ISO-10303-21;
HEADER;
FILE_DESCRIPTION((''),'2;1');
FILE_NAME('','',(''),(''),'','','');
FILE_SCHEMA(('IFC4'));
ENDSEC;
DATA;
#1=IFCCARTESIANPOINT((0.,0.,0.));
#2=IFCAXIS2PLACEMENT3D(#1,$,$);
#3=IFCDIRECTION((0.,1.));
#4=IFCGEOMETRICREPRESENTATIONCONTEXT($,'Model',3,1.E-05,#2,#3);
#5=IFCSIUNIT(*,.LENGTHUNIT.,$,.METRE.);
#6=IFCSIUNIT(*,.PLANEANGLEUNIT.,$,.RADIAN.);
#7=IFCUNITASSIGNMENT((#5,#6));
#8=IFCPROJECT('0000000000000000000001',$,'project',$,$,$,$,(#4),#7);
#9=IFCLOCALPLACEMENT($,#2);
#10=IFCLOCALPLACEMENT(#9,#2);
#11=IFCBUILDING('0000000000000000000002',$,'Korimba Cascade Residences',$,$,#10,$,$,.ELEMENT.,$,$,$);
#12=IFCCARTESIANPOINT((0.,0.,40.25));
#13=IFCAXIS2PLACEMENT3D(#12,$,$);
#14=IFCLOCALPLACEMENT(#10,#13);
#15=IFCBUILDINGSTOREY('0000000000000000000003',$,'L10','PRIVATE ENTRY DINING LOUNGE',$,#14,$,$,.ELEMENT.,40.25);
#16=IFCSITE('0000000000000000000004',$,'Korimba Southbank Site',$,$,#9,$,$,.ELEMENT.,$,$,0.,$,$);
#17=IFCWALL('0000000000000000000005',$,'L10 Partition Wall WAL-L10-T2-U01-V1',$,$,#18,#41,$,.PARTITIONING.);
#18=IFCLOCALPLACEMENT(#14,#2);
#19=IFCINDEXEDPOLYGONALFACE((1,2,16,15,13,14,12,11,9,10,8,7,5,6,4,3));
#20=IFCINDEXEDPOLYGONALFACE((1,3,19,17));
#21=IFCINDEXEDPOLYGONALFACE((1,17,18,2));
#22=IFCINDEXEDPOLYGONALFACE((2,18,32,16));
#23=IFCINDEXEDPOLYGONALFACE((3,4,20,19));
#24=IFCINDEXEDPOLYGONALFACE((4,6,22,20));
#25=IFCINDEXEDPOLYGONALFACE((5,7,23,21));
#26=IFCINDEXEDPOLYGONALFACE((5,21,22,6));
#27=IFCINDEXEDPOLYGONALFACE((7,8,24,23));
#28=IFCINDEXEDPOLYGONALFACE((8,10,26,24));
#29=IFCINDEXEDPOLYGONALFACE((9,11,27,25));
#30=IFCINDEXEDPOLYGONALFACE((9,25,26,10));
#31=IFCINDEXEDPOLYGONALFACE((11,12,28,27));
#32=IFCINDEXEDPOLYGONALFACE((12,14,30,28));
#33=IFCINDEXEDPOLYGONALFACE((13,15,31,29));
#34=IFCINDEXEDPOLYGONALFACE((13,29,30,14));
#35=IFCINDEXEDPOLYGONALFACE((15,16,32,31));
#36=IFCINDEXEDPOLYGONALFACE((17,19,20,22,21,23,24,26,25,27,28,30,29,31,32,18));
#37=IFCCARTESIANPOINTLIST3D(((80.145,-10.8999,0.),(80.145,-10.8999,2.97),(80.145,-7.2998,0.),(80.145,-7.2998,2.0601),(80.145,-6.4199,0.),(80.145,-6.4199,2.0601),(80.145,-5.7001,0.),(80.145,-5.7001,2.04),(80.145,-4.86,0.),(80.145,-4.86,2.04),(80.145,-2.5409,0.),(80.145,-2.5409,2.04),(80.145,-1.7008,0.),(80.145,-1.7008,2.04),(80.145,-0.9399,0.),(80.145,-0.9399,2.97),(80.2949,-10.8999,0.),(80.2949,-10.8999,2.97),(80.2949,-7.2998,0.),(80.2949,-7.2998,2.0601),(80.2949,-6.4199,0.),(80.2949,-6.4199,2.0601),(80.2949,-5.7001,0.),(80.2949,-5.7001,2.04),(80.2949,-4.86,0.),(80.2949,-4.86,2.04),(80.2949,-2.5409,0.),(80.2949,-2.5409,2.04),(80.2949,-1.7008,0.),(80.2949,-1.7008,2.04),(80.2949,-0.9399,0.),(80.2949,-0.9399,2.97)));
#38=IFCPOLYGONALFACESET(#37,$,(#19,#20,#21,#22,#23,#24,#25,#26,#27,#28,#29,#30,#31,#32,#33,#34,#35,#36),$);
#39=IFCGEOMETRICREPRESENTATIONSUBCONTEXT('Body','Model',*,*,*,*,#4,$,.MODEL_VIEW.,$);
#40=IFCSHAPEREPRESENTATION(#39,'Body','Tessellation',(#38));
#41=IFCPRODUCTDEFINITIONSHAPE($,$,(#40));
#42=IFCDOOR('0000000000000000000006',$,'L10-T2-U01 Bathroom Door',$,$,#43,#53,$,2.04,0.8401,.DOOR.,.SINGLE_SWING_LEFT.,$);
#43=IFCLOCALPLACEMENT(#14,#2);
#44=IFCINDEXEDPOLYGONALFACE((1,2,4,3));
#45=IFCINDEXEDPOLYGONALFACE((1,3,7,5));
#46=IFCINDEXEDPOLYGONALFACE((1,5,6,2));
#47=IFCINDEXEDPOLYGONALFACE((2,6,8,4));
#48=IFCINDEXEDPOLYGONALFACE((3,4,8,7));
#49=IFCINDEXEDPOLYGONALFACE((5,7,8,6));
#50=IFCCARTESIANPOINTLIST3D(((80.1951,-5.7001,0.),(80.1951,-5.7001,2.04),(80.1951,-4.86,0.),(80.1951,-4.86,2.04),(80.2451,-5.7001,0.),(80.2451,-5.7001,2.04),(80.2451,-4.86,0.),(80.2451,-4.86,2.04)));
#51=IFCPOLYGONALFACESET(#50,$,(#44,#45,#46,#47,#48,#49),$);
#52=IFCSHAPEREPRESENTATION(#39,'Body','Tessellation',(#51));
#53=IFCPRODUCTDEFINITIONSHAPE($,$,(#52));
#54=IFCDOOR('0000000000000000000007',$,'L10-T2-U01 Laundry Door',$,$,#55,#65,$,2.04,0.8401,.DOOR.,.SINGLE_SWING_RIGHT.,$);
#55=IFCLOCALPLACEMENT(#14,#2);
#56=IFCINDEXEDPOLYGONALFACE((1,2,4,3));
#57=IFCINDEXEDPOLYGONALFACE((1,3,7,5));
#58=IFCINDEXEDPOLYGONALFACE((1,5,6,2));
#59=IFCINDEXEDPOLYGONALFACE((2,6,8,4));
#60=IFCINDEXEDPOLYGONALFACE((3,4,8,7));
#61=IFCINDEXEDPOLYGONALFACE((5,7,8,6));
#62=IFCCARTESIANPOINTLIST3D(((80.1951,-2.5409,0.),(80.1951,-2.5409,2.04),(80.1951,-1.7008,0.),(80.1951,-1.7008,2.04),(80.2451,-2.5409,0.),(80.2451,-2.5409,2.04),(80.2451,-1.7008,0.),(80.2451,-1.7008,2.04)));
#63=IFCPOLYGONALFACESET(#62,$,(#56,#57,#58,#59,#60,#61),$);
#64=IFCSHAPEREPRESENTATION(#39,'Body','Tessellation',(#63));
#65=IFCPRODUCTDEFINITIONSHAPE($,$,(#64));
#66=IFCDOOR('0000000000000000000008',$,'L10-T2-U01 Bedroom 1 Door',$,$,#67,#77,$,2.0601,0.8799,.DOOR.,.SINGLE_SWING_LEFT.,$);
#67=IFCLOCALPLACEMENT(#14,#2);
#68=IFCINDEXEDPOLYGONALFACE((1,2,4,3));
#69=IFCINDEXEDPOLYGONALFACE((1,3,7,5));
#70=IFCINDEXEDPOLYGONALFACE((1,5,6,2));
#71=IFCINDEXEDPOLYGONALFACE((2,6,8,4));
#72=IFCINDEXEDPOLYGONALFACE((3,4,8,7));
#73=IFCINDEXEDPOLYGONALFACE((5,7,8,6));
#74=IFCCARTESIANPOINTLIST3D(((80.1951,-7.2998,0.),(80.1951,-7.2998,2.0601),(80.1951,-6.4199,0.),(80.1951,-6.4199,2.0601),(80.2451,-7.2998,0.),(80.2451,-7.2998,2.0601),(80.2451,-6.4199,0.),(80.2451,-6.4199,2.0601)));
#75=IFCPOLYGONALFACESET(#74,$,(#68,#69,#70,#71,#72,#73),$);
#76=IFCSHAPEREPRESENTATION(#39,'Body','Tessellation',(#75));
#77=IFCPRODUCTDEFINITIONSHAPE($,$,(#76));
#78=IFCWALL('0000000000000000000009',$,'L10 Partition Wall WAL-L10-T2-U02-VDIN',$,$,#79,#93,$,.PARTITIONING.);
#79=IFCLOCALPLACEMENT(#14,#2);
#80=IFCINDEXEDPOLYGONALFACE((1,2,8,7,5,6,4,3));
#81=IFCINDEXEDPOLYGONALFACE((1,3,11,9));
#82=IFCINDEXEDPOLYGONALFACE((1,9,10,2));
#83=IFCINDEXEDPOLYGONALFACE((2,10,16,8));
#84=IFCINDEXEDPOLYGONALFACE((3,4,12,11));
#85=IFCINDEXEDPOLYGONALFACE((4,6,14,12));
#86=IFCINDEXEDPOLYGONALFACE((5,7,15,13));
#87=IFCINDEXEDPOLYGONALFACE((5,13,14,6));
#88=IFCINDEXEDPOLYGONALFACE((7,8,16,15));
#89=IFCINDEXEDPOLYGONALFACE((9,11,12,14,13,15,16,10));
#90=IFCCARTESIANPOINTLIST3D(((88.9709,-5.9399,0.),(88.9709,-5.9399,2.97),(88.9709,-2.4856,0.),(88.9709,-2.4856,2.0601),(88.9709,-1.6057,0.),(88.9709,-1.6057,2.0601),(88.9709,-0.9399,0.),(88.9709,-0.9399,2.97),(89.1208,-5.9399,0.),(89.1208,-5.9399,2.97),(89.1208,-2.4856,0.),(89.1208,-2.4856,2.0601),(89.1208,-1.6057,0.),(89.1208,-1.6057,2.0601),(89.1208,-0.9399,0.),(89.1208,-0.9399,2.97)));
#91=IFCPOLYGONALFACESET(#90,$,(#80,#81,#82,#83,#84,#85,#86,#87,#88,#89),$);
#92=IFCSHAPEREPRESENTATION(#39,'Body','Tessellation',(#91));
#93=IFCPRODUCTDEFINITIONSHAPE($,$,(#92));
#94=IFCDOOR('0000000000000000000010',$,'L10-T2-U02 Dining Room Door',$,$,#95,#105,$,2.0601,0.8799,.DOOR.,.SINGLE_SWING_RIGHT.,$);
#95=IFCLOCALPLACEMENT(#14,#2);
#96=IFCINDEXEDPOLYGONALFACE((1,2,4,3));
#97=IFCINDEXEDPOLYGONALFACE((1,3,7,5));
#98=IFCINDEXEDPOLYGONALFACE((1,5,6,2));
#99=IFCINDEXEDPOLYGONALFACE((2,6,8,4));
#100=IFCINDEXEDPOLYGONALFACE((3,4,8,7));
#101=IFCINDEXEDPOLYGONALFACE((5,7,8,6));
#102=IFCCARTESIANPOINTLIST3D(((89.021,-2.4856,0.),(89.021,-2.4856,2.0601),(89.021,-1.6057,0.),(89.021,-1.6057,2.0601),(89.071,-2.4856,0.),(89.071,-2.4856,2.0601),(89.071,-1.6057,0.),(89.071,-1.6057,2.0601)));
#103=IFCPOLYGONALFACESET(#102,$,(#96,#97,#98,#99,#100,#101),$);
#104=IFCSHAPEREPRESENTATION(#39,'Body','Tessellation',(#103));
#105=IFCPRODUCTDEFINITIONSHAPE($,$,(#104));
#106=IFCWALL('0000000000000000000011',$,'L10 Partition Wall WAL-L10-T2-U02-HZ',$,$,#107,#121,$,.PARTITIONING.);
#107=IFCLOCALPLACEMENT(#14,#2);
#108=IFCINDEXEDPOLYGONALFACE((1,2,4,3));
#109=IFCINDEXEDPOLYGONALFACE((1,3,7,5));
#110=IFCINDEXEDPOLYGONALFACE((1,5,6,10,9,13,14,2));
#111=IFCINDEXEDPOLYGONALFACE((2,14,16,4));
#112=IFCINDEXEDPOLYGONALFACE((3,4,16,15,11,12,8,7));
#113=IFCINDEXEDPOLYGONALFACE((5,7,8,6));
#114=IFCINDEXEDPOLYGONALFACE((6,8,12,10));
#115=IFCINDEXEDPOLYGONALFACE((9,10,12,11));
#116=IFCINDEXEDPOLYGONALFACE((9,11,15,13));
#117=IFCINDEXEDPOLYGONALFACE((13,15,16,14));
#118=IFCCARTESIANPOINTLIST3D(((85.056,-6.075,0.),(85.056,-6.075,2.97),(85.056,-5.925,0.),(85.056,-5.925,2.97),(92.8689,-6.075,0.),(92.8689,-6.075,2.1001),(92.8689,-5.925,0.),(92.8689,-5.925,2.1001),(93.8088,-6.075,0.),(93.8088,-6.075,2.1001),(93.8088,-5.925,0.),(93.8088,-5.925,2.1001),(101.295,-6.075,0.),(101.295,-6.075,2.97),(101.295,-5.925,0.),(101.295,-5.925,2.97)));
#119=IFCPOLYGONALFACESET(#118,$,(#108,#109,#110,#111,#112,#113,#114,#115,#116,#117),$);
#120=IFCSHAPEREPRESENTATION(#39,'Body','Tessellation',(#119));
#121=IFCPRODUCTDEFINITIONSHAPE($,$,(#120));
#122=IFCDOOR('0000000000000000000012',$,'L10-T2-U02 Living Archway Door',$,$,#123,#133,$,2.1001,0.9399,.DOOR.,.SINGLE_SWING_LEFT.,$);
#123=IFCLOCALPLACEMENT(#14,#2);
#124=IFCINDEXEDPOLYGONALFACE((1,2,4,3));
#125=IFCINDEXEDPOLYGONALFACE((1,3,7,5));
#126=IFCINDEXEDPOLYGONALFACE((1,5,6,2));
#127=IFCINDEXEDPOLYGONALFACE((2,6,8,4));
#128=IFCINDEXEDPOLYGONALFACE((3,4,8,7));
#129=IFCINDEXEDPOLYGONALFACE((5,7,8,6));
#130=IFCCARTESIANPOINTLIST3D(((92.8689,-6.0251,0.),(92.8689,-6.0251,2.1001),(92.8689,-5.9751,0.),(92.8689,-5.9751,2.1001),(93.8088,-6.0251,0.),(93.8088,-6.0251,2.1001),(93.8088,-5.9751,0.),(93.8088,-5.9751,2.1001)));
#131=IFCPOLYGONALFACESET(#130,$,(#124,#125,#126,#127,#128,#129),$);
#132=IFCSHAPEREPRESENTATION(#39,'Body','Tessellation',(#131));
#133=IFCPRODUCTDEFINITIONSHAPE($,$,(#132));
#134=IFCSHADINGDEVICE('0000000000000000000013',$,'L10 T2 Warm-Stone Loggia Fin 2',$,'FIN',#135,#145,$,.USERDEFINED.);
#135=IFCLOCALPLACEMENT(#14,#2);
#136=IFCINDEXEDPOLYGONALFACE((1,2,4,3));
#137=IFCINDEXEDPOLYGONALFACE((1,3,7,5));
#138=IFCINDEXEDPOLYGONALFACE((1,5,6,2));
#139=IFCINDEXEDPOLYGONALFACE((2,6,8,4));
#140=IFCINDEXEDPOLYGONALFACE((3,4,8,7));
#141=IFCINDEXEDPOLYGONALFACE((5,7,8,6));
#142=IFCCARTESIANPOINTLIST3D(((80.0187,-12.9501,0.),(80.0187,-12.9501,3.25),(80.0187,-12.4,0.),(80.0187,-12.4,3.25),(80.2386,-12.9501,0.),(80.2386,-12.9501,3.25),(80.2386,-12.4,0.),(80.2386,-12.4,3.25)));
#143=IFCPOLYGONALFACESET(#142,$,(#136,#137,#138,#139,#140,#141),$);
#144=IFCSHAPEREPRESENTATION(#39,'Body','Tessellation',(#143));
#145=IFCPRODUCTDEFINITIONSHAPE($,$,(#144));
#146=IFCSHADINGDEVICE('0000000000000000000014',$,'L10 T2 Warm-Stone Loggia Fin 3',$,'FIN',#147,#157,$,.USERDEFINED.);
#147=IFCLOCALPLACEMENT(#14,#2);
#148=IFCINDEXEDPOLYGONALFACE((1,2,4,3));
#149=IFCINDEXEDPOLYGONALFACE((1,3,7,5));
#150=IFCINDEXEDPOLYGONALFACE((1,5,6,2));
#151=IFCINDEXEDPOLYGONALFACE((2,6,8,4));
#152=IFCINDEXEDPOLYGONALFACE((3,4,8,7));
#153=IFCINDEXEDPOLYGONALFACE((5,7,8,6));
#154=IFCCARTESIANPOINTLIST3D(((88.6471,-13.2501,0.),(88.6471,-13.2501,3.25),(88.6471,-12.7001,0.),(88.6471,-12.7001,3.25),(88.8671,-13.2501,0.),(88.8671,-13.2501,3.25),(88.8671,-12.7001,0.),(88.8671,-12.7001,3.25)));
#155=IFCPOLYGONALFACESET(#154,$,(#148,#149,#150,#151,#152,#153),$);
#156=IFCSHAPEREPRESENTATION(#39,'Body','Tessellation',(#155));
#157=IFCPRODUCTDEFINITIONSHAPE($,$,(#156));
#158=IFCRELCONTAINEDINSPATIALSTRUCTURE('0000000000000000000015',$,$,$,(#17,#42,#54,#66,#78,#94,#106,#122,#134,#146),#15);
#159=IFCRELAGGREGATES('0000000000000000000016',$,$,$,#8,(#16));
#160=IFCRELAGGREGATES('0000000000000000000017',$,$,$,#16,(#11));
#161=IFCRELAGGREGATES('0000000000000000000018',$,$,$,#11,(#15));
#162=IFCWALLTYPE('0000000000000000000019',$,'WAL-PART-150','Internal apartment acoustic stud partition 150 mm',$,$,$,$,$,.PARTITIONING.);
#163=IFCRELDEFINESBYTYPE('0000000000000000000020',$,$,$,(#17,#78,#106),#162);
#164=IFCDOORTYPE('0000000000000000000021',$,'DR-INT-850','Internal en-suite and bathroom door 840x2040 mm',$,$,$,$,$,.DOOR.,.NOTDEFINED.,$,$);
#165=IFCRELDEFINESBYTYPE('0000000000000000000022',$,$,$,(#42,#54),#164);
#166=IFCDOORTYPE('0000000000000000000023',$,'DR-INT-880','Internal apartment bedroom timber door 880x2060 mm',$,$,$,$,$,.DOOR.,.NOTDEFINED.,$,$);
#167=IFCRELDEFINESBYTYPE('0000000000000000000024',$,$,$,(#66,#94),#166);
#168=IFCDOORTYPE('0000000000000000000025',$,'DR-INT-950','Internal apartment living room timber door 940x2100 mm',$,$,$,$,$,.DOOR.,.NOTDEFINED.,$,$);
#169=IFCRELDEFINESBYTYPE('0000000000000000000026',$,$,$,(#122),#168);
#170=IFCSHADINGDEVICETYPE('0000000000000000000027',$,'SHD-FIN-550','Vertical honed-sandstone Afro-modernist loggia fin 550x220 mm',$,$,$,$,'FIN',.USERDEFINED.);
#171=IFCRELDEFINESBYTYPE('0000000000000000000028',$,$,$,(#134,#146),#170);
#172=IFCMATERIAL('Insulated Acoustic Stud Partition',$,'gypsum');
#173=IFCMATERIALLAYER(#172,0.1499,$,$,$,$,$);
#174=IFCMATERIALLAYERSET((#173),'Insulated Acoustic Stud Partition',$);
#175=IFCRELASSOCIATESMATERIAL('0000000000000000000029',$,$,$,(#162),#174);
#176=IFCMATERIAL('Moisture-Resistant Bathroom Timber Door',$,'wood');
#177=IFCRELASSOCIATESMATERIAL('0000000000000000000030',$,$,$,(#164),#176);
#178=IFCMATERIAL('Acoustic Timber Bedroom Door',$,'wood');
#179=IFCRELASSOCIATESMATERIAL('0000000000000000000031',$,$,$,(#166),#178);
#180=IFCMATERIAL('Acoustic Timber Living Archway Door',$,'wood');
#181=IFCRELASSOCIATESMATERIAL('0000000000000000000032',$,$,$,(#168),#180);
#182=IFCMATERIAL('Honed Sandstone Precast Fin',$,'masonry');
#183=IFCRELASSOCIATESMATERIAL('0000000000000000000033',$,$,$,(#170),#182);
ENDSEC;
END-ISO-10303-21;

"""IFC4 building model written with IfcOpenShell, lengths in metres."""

from ifc_helpers import new_model, si_unit, direction, frame, frame_2d, origin, origin_2d, place, context, subcontext, project, spatial, rectangle, extrude, material, layer, layer_set, type_object, element, fill, save


model = new_model("IFC4")

# Units and contexts
model_context = context("Model", 3, precision=1e-05, world=origin(), true_north=direction((0.0, 1.0)))
body_context = subcontext(model_context, "Body", "Model", "MODEL_VIEW")
ifc_project = project(units=[si_unit("LENGTHUNIT", "METRE"), si_unit("PLANEANGLEUNIT", "RADIAN")], contexts=[model_context])

# Site, building, storey
site_placement = place(None, origin())
site = spatial("IfcSite", under=ifc_project, at=site_placement, Name="Korimba Southbank Site", CompositionType="ELEMENT", RefElevation=0.0)
building_placement = place(site_placement, origin())
building = spatial("IfcBuilding", under=site, at=building_placement, Name="Korimba Cascade Residences", CompositionType="ELEMENT")
storey_placement = place(building_placement, frame((0.0, 0.0, 40.25)))
storey = spatial("IfcBuildingStorey", under=building, at=storey_placement, Name="L10", Description="PRIVATE ENTRY DINING LOUNGE", CompositionType="ELEMENT", Elevation=40.25)

# Wall, openings, doors
ifc_material_1 = material(Name="Insulated Acoustic Stud Partition", Category="gypsum")
ifc_layer_1 = layer(ifc_material_1, 0.1499)
ifc_layer_set_1 = layer_set([ifc_layer_1], Name="Insulated Acoustic Stud Partition")
wall_type_1 = type_object("IfcWallType", Name="WAL-PART-150", Description="Internal apartment acoustic stud partition 150 mm", PredefinedType="PARTITIONING", material=ifc_layer_set_1)
wall_1_placement = place(storey_placement, frame((80.22, -10.8999, 0.0), z_axis=(0.0, 0.0, 1.0), x_axis=(0.0, 1.0, 0.0)))
wall_1 = element("IfcWall", 1, at=wall_1_placement, inside=storey, type_object=wall_type_1, Name="L10 Partition Wall WAL-L10-T2-U01-V1", PredefinedType="PARTITIONING", context=body_context, shape_type="SweptSolid", body=[
    extrude(rectangle(XDim=9.96, YDim=0.1499, at=frame_2d((4.98, 0.0))), origin(), (0.0, 0.0, 1.0), 2.97),
])
opening_1_placement = place(wall_1_placement, frame((5.2, 0.0, 0.0)))
opening_1 = element("IfcOpeningElement", 2, at=opening_1_placement, cuts=wall_1, PredefinedType="OPENING", context=body_context, shape_type="SweptSolid", body=[
    extrude(rectangle(XDim=0.8401, YDim=2.04, at=frame_2d((0.4199, 1.02))), frame((0.0, 0.085, 0.0), z_axis=(0.0, -1.0, 0.0), x_axis=(1.0, 0.0, 0.0)), (0.0, 0.0, 1.0), 0.1699),
])
opening_2_placement = place(wall_1_placement, frame((8.3591, 0.0, 0.0)))
opening_2 = element("IfcOpeningElement", 3, at=opening_2_placement, cuts=wall_1, PredefinedType="OPENING", context=body_context, shape_type="SweptSolid", body=[
    extrude(rectangle(XDim=0.8401, YDim=2.04, at=frame_2d((0.4199, 1.02))), frame((0.0, 0.085, 0.0), z_axis=(0.0, -1.0, 0.0), x_axis=(1.0, 0.0, 0.0)), (0.0, 0.0, 1.0), 0.1699),
])
opening_3_placement = place(wall_1_placement, frame((3.6001, 0.0, 0.0)))
opening_3 = element("IfcOpeningElement", 4, at=opening_3_placement, cuts=wall_1, PredefinedType="OPENING", context=body_context, shape_type="SweptSolid", body=[
    extrude(rectangle(XDim=0.8799, YDim=2.0601, at=frame_2d((0.4399, 1.03))), frame((0.0, 0.085, 0.0), z_axis=(0.0, -1.0, 0.0), x_axis=(1.0, 0.0, 0.0)), (0.0, 0.0, 1.0), 0.1699),
])
ifc_material_2 = material(Name="Moisture-Resistant Bathroom Timber Door", Category="wood")
door_type_1 = type_object("IfcDoorType", Name="DR-INT-850", Description="Internal en-suite and bathroom door 840x2040 mm", OperationType="NOTDEFINED", PredefinedType="DOOR", material=ifc_material_2)
door_1_placement = place(opening_1_placement, origin())
door_1 = element("IfcDoor", 5, at=door_1_placement, inside=storey, type_object=door_type_1, Name="L10-T2-U01 Bathroom Door", OperationType="SINGLE_SWING_LEFT", OverallHeight=2.04, OverallWidth=0.8401, PredefinedType="DOOR", context=body_context, shape_type="SweptSolid", body=[
    extrude(rectangle(XDim=0.8401, YDim=2.04, at=frame_2d((0.4199, 1.02))), frame((0.0, 0.0249, 0.0), z_axis=(0.0, -1.0, 0.0), x_axis=(1.0, 0.0, 0.0)), (0.0, 0.0, 1.0), 0.05),
])
fill(opening_1, door_1)
door_2_placement = place(opening_2_placement, origin())
door_2 = element("IfcDoor", 6, at=door_2_placement, inside=storey, type_object=door_type_1, Name="L10-T2-U01 Laundry Door", OperationType="SINGLE_SWING_RIGHT", OverallHeight=2.04, OverallWidth=0.8401, PredefinedType="DOOR", context=body_context, shape_type="SweptSolid", body=[
    extrude(rectangle(XDim=0.8401, YDim=2.04, at=frame_2d((0.4199, 1.02))), frame((0.0, 0.0249, 0.0), z_axis=(0.0, -1.0, 0.0), x_axis=(1.0, 0.0, 0.0)), (0.0, 0.0, 1.0), 0.05),
])
fill(opening_2, door_2)
ifc_material_3 = material(Name="Acoustic Timber Bedroom Door", Category="wood")
door_type_2 = type_object("IfcDoorType", Name="DR-INT-880", Description="Internal apartment bedroom timber door 880x2060 mm", OperationType="NOTDEFINED", PredefinedType="DOOR", material=ifc_material_3)
door_3_placement = place(opening_3_placement, origin())
door_3 = element("IfcDoor", 7, at=door_3_placement, inside=storey, type_object=door_type_2, Name="L10-T2-U01 Bedroom 1 Door", OperationType="SINGLE_SWING_LEFT", OverallHeight=2.0601, OverallWidth=0.8799, PredefinedType="DOOR", context=body_context, shape_type="SweptSolid", body=[
    extrude(rectangle(XDim=0.8799, YDim=2.0601, at=frame_2d((0.4399, 1.03))), frame((0.0, 0.0249, 0.0), z_axis=(0.0, -1.0, 0.0), x_axis=(1.0, 0.0, 0.0)), (0.0, 0.0, 1.0), 0.05),
])
fill(opening_3, door_3)

# Walls, openings, doors
wall_2_placement = place(storey_placement, frame((89.0459, -5.9399, 0.0), z_axis=(0.0, 0.0, 1.0), x_axis=(0.0, 1.0, 0.0)))
wall_2 = element("IfcWall", 8, at=wall_2_placement, inside=storey, type_object=wall_type_1, Name="L10 Partition Wall WAL-L10-T2-U02-VDIN", PredefinedType="PARTITIONING", context=body_context, shape_type="SweptSolid", body=[
    extrude(rectangle(XDim=5.0, YDim=0.1499, at=frame_2d((2.5, 0.0))), origin(), (0.0, 0.0, 1.0), 2.97),
])
opening_4_placement = place(wall_2_placement, frame((3.4543, 0.0, 0.0)))
opening_4 = element("IfcOpeningElement", 9, at=opening_4_placement, cuts=wall_2, PredefinedType="OPENING", context=body_context, shape_type="SweptSolid", body=[
    extrude(rectangle(XDim=0.8799, YDim=2.0601, at=frame_2d((0.4399, 1.03))), frame((0.0, 0.085, 0.0), z_axis=(0.0, -1.0, 0.0), x_axis=(1.0, 0.0, 0.0)), (0.0, 0.0, 1.0), 0.1699),
])
door_4_placement = place(opening_4_placement, origin())
door_4 = element("IfcDoor", 10, at=door_4_placement, inside=storey, type_object=door_type_2, Name="L10-T2-U02 Dining Room Door", OperationType="SINGLE_SWING_RIGHT", OverallHeight=2.0601, OverallWidth=0.8799, PredefinedType="DOOR", context=body_context, shape_type="SweptSolid", body=[
    extrude(rectangle(XDim=0.8799, YDim=2.0601, at=frame_2d((0.4399, 1.03))), frame((0.0, 0.0249, 0.0), z_axis=(0.0, -1.0, 0.0), x_axis=(1.0, 0.0, 0.0)), (0.0, 0.0, 1.0), 0.05),
])
fill(opening_4, door_4)
wall_3_placement = place(storey_placement, frame((85.0559, -6.0, 0.0), z_axis=(0.0, 0.0, 1.0), x_axis=(1.0, 0.0, 0.0)))
wall_3 = element("IfcWall", 11, at=wall_3_placement, inside=storey, type_object=wall_type_1, Name="L10 Partition Wall WAL-L10-T2-U02-HZ", PredefinedType="PARTITIONING", context=body_context, shape_type="SweptSolid", body=[
    extrude(rectangle(XDim=16.239, YDim=0.1499, at=frame_2d((8.1196, 0.0))), origin(), (0.0, 0.0, 1.0), 2.97),
])
opening_5_placement = place(wall_3_placement, frame((7.813, 0.0, 0.0)))
opening_5 = element("IfcOpeningElement", 12, at=opening_5_placement, cuts=wall_3, PredefinedType="OPENING", context=body_context, shape_type="SweptSolid", body=[
    extrude(rectangle(XDim=0.9399, YDim=2.1001, at=frame_2d((0.47, 1.05))), frame((0.0, 0.085, 0.0), z_axis=(0.0, -1.0, 0.0), x_axis=(1.0, 0.0, 0.0)), (0.0, 0.0, 1.0), 0.1699),
])
ifc_material_4 = material(Name="Acoustic Timber Living Archway Door", Category="wood")
door_type_3 = type_object("IfcDoorType", Name="DR-INT-950", Description="Internal apartment living room timber door 940x2100 mm", OperationType="NOTDEFINED", PredefinedType="DOOR", material=ifc_material_4)
door_5_placement = place(opening_5_placement, origin())
door_5 = element("IfcDoor", 13, at=door_5_placement, inside=storey, type_object=door_type_3, Name="L10-T2-U02 Living Archway Door", OperationType="SINGLE_SWING_LEFT", OverallHeight=2.1001, OverallWidth=0.9399, PredefinedType="DOOR", context=body_context, shape_type="SweptSolid", body=[
    extrude(rectangle(XDim=0.9399, YDim=2.1001, at=frame_2d((0.47, 1.05))), frame((0.0, 0.0249, 0.0), z_axis=(0.0, -1.0, 0.0), x_axis=(1.0, 0.0, 0.0)), (0.0, 0.0, 1.0), 0.05),
])
fill(opening_5, door_5)

# Shading devices
ifc_material_5 = material(Name="Honed Sandstone Precast Fin", Category="masonry")
shading_device_type = type_object("IfcShadingDeviceType", Name="SHD-FIN-550", Description="Vertical honed-sandstone Afro-modernist loggia fin 550x220 mm", ElementType="FIN", PredefinedType="USERDEFINED", material=ifc_material_5)
for number, where, z_axis, x_axis, name in (
    (14, (80.1287, -12.675, 0.0), (0.0, 0.0, 1.0), (1.0, 0.0, 0.0), "L10 T2 Warm-Stone Loggia Fin 2"),
    (15, (88.7571, -12.9751, 0.0), (0.0, 0.0, 1.0), (1.0, 0.0, 0.0), "L10 T2 Warm-Stone Loggia Fin 3"),
):
    element("IfcShadingDevice", number, at=place(storey_placement, frame(where, z_axis=z_axis, x_axis=x_axis)), inside=storey, type_object=shading_device_type, Name=name, ObjectType="FIN", PredefinedType="USERDEFINED", context=body_context, shape_type="SweptSolid", body=[
        extrude(rectangle(XDim=0.22, YDim=0.55, at=origin_2d()), origin(), (0.0, 0.0, 1.0), 3.25),
    ])

save(model, "model.ifc")
